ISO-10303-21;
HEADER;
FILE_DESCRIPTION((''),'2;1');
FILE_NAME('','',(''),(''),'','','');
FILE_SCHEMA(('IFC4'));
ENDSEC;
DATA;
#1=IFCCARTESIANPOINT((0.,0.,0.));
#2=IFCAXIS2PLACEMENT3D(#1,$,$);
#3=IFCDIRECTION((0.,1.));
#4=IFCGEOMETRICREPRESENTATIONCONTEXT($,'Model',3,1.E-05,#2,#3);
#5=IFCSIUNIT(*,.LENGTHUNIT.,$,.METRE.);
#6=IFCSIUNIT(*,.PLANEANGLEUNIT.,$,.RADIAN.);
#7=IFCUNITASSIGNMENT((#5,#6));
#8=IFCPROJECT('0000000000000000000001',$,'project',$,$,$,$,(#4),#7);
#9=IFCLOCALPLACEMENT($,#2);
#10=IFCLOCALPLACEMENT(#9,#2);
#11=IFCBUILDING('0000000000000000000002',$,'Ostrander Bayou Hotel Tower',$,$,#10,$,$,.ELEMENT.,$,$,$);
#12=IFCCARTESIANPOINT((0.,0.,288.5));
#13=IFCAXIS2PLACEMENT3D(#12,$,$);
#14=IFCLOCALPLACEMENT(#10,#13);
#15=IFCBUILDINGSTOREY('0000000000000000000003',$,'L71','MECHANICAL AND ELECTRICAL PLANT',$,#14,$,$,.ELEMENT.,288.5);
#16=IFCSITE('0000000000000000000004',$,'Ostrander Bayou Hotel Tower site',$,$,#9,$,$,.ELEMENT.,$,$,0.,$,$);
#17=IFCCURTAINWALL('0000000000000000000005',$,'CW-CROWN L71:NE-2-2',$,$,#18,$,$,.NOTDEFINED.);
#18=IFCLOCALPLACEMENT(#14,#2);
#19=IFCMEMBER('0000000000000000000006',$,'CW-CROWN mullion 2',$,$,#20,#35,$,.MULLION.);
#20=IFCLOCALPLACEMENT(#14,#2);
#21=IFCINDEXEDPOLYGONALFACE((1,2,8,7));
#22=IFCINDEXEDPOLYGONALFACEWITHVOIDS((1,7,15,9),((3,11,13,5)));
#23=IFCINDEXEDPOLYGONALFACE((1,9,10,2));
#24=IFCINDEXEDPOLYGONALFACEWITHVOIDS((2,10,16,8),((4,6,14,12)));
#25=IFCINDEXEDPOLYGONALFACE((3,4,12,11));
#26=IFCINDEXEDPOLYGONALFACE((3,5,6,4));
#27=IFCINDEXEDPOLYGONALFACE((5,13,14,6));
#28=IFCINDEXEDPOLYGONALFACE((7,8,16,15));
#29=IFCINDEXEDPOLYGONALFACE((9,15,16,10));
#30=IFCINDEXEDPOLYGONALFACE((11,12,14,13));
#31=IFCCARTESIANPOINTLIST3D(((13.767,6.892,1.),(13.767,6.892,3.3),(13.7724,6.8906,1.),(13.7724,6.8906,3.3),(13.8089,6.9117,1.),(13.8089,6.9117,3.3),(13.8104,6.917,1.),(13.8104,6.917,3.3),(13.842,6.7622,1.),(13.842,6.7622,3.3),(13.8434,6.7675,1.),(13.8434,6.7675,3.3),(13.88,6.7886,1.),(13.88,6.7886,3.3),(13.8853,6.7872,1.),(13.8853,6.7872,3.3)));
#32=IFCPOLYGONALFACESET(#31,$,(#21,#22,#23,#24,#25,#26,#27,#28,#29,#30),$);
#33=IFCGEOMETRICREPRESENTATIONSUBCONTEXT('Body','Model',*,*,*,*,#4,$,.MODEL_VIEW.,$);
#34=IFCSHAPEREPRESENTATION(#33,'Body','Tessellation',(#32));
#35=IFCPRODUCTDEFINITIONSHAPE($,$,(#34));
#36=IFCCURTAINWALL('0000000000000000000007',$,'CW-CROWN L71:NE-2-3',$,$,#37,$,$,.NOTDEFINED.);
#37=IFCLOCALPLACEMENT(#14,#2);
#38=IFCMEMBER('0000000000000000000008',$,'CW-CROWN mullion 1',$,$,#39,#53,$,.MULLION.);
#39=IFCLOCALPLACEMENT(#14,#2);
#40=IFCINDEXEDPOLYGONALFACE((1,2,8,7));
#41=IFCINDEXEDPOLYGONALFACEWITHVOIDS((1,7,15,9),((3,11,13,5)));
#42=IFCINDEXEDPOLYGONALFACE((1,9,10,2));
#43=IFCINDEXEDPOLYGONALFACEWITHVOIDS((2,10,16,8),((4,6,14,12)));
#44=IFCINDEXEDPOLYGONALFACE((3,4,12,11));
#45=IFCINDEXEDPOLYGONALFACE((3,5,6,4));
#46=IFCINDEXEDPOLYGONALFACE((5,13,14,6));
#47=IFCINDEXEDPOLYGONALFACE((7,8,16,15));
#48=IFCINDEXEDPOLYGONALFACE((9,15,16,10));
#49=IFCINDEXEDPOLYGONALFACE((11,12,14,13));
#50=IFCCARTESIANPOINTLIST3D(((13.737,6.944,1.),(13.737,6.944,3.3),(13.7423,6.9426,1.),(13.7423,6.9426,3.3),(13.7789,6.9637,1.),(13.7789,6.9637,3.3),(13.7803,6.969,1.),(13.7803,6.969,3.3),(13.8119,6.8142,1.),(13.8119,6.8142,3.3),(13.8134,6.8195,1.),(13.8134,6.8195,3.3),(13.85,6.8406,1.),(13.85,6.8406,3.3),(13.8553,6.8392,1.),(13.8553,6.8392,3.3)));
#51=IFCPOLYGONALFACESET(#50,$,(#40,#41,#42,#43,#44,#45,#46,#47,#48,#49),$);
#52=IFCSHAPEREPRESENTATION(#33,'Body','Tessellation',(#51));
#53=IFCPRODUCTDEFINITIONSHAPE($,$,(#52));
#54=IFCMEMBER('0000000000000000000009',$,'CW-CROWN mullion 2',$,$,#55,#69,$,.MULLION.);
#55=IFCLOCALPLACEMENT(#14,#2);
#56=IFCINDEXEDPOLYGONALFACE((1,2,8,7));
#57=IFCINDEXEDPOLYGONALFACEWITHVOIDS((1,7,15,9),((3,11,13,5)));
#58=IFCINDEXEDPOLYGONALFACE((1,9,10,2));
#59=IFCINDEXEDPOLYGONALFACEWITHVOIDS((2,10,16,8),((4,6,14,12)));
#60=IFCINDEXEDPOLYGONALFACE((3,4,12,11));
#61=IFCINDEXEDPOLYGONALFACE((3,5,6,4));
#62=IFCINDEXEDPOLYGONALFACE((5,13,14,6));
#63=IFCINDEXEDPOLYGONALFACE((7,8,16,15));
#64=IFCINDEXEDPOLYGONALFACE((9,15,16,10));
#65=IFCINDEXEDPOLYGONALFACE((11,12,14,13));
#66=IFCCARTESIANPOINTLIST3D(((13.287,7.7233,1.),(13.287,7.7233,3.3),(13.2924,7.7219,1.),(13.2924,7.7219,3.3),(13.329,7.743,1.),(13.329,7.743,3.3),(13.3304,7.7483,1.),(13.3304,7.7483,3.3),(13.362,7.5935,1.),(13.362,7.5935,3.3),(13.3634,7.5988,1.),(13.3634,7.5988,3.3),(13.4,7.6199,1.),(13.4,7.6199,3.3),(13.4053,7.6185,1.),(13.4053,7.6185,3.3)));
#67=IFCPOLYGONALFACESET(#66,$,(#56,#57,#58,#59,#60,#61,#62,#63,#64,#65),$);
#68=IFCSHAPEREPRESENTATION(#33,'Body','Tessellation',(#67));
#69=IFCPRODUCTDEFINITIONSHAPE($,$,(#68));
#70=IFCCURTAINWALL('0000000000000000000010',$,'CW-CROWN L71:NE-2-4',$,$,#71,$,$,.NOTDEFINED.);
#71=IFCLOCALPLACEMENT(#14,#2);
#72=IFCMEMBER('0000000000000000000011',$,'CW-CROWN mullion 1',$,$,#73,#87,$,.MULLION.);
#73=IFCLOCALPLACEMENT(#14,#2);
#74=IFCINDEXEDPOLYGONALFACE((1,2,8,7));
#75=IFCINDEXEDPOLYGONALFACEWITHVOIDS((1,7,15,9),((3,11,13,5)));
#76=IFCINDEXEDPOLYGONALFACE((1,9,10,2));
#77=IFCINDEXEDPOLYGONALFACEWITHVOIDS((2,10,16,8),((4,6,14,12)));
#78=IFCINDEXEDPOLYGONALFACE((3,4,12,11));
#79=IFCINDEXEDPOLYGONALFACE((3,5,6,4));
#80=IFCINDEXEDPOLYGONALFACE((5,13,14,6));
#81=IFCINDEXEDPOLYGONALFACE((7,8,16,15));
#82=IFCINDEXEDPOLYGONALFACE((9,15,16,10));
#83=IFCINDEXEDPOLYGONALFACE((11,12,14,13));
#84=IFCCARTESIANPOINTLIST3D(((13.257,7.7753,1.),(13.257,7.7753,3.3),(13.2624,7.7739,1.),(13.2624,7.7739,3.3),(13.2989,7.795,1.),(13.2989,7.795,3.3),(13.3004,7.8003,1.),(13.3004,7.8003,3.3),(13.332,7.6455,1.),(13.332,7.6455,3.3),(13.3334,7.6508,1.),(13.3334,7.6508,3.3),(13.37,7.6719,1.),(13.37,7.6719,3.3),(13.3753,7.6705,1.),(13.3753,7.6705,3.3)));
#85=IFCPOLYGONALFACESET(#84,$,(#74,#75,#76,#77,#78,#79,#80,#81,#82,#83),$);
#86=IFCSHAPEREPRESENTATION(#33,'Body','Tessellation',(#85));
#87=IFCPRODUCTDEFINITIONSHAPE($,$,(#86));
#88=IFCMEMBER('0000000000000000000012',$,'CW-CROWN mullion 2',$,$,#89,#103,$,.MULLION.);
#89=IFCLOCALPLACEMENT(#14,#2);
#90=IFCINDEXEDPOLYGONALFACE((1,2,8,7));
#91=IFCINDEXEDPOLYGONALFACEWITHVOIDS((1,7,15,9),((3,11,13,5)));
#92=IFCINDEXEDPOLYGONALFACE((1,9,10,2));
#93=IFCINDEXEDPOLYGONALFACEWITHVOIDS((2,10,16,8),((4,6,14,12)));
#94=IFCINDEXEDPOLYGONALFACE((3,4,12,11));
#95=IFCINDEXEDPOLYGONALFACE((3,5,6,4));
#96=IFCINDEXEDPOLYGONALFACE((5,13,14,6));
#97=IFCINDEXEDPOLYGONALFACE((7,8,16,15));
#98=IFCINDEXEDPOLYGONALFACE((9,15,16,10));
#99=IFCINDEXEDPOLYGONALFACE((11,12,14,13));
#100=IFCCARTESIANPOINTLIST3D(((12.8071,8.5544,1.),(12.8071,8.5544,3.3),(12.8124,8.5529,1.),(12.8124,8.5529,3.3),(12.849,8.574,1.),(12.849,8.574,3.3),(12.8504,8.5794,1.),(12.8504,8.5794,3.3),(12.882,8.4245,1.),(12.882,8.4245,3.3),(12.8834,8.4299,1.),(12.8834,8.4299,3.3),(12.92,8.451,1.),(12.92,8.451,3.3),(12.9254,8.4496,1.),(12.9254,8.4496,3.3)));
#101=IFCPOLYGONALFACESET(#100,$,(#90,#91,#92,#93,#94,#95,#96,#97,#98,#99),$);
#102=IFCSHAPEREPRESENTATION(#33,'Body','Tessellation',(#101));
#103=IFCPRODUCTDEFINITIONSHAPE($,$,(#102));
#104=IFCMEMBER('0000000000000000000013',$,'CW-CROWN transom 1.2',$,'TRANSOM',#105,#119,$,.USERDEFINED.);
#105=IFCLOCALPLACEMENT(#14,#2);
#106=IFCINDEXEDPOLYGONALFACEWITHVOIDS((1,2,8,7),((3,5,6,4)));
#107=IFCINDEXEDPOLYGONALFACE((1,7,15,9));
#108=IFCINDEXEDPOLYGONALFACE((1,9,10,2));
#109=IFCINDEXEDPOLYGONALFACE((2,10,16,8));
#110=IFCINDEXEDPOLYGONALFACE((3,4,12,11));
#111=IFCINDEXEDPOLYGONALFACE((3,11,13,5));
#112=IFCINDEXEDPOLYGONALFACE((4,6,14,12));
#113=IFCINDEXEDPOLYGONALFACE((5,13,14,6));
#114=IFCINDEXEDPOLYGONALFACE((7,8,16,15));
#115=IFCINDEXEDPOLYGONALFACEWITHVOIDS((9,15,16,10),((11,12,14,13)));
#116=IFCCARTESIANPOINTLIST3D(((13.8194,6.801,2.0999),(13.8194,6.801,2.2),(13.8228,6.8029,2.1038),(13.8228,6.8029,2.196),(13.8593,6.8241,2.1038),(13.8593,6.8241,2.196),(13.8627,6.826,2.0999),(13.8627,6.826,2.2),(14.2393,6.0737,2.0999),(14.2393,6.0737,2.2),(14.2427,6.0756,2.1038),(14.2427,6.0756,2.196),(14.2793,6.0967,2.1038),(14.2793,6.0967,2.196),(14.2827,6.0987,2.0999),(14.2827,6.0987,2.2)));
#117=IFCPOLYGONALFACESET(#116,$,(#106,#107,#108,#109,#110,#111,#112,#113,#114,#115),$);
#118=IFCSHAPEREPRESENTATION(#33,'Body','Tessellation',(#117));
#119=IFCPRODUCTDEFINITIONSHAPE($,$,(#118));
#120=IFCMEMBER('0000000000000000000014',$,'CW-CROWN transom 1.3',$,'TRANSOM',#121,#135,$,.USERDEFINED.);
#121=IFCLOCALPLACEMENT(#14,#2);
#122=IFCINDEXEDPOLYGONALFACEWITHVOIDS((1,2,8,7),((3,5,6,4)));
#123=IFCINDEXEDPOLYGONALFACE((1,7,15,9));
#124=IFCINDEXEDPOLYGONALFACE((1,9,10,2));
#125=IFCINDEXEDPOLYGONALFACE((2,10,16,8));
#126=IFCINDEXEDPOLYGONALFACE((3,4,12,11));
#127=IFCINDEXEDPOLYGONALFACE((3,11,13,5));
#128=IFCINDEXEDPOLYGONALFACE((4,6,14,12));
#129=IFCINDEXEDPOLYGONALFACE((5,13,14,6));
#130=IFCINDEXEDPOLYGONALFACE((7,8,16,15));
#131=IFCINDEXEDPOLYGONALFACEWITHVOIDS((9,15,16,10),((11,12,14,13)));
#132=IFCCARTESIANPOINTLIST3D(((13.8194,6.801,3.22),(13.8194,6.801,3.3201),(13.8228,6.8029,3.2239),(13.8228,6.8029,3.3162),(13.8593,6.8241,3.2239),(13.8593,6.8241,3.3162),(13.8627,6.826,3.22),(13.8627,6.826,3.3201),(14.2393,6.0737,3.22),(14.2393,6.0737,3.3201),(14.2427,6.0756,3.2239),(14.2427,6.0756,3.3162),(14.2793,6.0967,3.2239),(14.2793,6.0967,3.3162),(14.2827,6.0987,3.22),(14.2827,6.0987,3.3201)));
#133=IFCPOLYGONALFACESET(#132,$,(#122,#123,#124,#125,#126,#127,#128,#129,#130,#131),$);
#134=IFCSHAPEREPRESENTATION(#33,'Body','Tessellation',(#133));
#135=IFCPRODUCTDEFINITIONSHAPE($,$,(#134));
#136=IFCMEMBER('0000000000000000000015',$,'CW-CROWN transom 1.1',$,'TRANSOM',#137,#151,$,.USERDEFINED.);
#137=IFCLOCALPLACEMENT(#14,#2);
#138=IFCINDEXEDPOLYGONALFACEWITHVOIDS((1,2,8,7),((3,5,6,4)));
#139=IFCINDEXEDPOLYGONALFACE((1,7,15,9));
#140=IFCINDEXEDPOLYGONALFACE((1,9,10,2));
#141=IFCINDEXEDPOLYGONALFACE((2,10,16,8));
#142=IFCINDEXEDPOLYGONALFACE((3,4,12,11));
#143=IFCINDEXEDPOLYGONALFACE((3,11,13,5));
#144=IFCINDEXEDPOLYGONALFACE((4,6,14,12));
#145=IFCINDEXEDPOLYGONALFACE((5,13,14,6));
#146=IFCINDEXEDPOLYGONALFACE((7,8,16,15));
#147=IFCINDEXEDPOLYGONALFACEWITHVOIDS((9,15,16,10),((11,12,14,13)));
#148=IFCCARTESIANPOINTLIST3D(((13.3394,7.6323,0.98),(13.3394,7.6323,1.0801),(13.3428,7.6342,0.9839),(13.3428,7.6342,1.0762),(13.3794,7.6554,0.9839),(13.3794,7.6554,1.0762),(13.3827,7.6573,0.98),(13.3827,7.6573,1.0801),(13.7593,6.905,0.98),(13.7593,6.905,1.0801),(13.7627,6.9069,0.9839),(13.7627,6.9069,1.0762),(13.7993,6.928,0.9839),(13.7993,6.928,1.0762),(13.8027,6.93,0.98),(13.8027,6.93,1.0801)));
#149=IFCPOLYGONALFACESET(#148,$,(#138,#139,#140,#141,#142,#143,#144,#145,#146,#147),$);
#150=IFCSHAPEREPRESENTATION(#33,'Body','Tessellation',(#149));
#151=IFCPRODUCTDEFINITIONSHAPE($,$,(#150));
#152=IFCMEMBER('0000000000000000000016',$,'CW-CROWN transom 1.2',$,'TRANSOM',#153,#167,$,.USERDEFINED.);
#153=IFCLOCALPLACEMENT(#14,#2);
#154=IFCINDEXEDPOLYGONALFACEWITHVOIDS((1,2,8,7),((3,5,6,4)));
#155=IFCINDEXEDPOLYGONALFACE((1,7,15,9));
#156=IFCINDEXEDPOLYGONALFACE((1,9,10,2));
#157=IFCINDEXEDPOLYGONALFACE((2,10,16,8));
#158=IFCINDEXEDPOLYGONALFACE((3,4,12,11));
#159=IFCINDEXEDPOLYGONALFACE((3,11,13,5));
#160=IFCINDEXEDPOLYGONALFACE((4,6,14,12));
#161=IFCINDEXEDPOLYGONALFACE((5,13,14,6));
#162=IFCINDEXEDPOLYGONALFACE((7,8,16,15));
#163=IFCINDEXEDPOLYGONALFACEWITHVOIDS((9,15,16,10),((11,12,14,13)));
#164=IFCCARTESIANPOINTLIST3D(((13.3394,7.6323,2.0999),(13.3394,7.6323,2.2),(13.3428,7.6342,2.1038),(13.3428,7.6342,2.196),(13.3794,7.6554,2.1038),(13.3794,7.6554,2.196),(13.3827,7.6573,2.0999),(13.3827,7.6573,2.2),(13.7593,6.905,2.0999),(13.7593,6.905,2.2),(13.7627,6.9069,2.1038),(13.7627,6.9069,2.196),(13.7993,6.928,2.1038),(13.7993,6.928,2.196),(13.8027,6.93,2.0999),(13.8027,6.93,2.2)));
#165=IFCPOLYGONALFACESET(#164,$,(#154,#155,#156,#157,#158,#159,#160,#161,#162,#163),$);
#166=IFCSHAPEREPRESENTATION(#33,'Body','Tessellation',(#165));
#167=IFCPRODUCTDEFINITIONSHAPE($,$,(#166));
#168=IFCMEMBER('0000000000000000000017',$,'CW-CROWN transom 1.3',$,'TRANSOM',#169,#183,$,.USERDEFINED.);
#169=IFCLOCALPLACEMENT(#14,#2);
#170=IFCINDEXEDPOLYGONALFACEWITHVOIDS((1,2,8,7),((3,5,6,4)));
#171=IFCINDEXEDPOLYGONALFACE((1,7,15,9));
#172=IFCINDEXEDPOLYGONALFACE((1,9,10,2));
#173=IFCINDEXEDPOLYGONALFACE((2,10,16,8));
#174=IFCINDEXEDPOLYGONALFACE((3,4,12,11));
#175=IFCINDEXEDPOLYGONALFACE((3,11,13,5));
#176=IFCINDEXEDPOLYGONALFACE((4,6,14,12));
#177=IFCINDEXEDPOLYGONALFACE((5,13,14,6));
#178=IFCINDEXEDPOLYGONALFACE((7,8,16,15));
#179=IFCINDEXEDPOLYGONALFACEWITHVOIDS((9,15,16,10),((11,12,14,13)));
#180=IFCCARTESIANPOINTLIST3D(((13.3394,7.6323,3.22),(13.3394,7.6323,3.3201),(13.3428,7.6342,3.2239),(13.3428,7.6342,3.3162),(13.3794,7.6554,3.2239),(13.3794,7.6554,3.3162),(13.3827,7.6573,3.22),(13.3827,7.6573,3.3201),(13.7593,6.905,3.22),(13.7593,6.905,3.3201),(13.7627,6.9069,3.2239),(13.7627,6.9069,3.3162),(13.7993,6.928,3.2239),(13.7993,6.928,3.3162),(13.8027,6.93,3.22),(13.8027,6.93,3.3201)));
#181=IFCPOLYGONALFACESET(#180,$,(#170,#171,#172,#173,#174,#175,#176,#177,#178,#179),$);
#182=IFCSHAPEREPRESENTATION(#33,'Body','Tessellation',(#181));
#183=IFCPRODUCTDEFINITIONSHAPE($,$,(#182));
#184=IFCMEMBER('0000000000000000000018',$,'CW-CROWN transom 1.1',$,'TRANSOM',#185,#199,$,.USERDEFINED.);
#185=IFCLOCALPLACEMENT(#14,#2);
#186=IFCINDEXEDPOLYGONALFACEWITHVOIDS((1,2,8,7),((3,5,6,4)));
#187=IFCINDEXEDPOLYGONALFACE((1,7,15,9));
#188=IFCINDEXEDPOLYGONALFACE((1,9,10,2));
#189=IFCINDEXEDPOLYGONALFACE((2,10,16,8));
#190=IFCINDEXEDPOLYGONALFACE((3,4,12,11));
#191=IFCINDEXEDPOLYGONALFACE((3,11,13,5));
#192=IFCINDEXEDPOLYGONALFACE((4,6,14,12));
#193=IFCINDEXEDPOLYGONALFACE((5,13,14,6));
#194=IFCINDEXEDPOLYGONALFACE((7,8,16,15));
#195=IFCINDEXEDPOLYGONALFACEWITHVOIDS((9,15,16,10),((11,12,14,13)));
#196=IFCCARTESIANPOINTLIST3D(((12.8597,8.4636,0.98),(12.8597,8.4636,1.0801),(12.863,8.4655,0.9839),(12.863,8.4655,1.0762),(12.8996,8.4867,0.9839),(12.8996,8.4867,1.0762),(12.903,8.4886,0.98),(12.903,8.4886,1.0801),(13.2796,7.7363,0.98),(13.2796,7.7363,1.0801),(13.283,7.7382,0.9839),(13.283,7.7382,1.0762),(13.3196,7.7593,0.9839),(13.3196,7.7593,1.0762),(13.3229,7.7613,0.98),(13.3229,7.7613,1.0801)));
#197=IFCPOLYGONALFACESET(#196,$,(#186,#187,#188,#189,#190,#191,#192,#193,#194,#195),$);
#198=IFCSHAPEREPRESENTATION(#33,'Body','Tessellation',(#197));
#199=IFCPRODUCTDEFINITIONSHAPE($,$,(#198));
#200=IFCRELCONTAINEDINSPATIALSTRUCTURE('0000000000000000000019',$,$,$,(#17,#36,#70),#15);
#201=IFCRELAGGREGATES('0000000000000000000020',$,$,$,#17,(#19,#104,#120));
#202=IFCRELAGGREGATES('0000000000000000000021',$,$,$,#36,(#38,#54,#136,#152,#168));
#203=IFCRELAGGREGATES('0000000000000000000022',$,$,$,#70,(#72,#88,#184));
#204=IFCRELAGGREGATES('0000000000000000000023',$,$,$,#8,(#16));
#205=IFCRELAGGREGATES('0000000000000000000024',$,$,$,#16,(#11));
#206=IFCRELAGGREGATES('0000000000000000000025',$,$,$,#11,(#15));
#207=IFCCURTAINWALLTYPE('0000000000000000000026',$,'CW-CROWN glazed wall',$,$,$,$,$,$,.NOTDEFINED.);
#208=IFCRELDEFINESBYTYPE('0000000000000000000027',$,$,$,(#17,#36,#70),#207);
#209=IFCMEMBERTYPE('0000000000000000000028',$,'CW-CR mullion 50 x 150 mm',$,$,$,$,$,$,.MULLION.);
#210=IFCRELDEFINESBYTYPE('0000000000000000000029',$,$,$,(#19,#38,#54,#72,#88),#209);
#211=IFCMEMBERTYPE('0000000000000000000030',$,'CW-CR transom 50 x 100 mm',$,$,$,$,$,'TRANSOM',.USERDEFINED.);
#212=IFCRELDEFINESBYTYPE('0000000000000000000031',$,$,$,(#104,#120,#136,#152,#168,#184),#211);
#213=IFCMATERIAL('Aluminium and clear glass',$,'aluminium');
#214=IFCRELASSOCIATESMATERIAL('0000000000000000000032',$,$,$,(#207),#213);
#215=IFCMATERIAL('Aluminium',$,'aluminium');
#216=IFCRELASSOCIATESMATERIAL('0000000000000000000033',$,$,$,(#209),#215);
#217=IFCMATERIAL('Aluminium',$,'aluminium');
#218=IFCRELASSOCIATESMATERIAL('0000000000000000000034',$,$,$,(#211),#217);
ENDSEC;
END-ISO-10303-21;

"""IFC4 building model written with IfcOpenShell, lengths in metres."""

from ifc_helpers import new_model, si_unit, direction, frame, origin, origin_2d, place, context, subcontext, project, spatial, hollow_rectangle, extrude, material, material_profile, profile_set, type_object, element, aggregate, save


model = new_model("IFC4")

# Units and contexts
model_context = context("Model", 3, precision=1e-05, world=origin(), true_north=direction((0.0, 1.0)))
body_context = subcontext(model_context, "Body", "Model", "MODEL_VIEW")
ifc_project = project(units=[si_unit("LENGTHUNIT", "METRE"), si_unit("PLANEANGLEUNIT", "RADIAN")], contexts=[model_context])

# Site, building, storey
site_placement = place(None, origin())
site = spatial("IfcSite", under=ifc_project, at=site_placement, Name="Ostrander Bayou Hotel Tower site", CompositionType="ELEMENT", RefElevation=0.0)
building_placement = place(site_placement, origin())
building = spatial("IfcBuilding", under=site, at=building_placement, Name="Ostrander Bayou Hotel Tower", CompositionType="ELEMENT")
storey_placement = place(building_placement, frame((0.0, 0.0, 288.5)))
storey = spatial("IfcBuildingStorey", under=building, at=storey_placement, Name="L71", Description="MECHANICAL AND ELECTRICAL PLANT", CompositionType="ELEMENT", Elevation=288.5)

# Curtain wall, member
ifc_material_1 = material(Name="Aluminium and clear glass", Category="aluminium")
curtain_wall_type = type_object("IfcCurtainWallType", Name="CW-CROWN glazed wall", PredefinedType="NOTDEFINED", material=ifc_material_1)
curtain_wall_1_placement = place(storey_placement, origin())
curtain_wall_1 = element("IfcCurtainWall", 1, at=curtain_wall_1_placement, inside=storey, type_object=curtain_wall_type, Name="CW-CROWN L71:NE-2-2", PredefinedType="NOTDEFINED")
ifc_material_2 = material(Name="Aluminium", Category="aluminium")
ifc_material_profile_1 = material_profile(ifc_material_2, hollow_rectangle(XDim=0.05, YDim=0.1499, WallThickness=0.0039, at=origin_2d()))
ifc_profile_set_1 = profile_set([ifc_material_profile_1], Name="Aluminium")
member_type_1 = type_object("IfcMemberType", Name="CW-CR mullion 50 x 150 mm", PredefinedType="MULLION", material=ifc_profile_set_1)
member_1_placement = place(storey_placement, frame((13.8262, 6.8396, 1.0), z_axis=(0.0, 0.0, 1.0), x_axis=(-0.866022, -0.500005, 0.0)))
member_1 = element("IfcMember", 2, at=member_1_placement, type_object=member_type_1, Name="CW-CROWN mullion 2", PredefinedType="MULLION", context=body_context, shape_type="SweptSolid", body=[
    extrude(hollow_rectangle(XDim=0.05, YDim=0.1499, WallThickness=0.0039, at=origin_2d()), origin(), (0.0, 0.0, 1.0), 2.3),
])

# Curtain walls, members
curtain_wall_2_placement = place(storey_placement, origin())
curtain_wall_2 = element("IfcCurtainWall", 3, at=curtain_wall_2_placement, inside=storey, type_object=curtain_wall_type, Name="CW-CROWN L71:NE-2-3", PredefinedType="NOTDEFINED")
member_2_placement = place(storey_placement, frame((13.7961, 6.8916, 1.0), z_axis=(0.0, 0.0, 1.0), x_axis=(-0.866049, -0.49996, 0.0)))
member_2 = element("IfcMember", 4, at=member_2_placement, type_object=member_type_1, Name="CW-CROWN mullion 1", PredefinedType="MULLION", context=body_context, shape_type="SweptSolid", body=[
    extrude(hollow_rectangle(XDim=0.05, YDim=0.1499, WallThickness=0.0039, at=origin_2d()), origin(), (0.0, 0.0, 1.0), 2.3),
])
member_3_placement = place(storey_placement, frame((13.3462, 7.6709, 1.0), z_axis=(0.0, 0.0, 1.0), x_axis=(-0.866049, -0.49996, 0.0)))
member_3 = element("IfcMember", 5, at=member_3_placement, type_object=member_type_1, Name="CW-CROWN mullion 2", PredefinedType="MULLION", context=body_context, shape_type="SweptSolid", body=[
    extrude(hollow_rectangle(XDim=0.05, YDim=0.1499, WallThickness=0.0039, at=origin_2d()), origin(), (0.0, 0.0, 1.0), 2.3),
])
curtain_wall_3_placement = place(storey_placement, origin())
curtain_wall_3 = element("IfcCurtainWall", 6, at=curtain_wall_3_placement, inside=storey, type_object=curtain_wall_type, Name="CW-CROWN L71:NE-2-4", PredefinedType="NOTDEFINED")
member_4_placement = place(storey_placement, frame((13.3162, 7.7229, 1.0), z_axis=(0.0, 0.0, 1.0), x_axis=(-0.866022, -0.500005, 0.0)))
member_4 = element("IfcMember", 7, at=member_4_placement, type_object=member_type_1, Name="CW-CROWN mullion 1", PredefinedType="MULLION", context=body_context, shape_type="SweptSolid", body=[
    extrude(hollow_rectangle(XDim=0.05, YDim=0.1499, WallThickness=0.0039, at=origin_2d()), origin(), (0.0, 0.0, 1.0), 2.3),
])
member_5_placement = place(storey_placement, frame((12.8662, 8.502, 1.0), z_axis=(0.0, 0.0, 1.0), x_axis=(-0.866022, -0.500005, 0.0)))
member_5 = element("IfcMember", 8, at=member_5_placement, type_object=member_type_1, Name="CW-CROWN mullion 2", PredefinedType="MULLION", context=body_context, shape_type="SweptSolid", body=[
    extrude(hollow_rectangle(XDim=0.05, YDim=0.1499, WallThickness=0.0039, at=origin_2d()), origin(), (0.0, 0.0, 1.0), 2.3),
])

# Members
ifc_material_3 = material(Name="Aluminium", Category="aluminium")
ifc_material_profile_2 = material_profile(ifc_material_3, hollow_rectangle(XDim=0.05, YDim=0.1001, WallThickness=0.0039, at=origin_2d()))
ifc_profile_set_2 = profile_set([ifc_material_profile_2], Name="Aluminium")
member_type_2 = type_object("IfcMemberType", Name="CW-CR transom 50 x 100 mm", ElementType="TRANSOM", PredefinedType="USERDEFINED", material=ifc_profile_set_2)
member_6_placement = place(storey_placement, frame((14.261, 6.0862, 2.1499), z_axis=(-0.500016, 0.866016, 0.0), x_axis=(-0.866016, -0.500016, 0.0)))
member_6 = element("IfcMember", 9, at=member_6_placement, type_object=member_type_2, Name="CW-CROWN transom 1.2", ObjectType="TRANSOM", PredefinedType="USERDEFINED", context=body_context, shape_type="SweptSolid", body=[
    extrude(hollow_rectangle(XDim=0.05, YDim=0.1001, WallThickness=0.0039, at=origin_2d()), origin(), (0.0, 0.0, 1.0), 0.8398),
])
member_7_placement = place(storey_placement, frame((14.261, 6.0862, 3.27), z_axis=(-0.500016, 0.866016, 0.0), x_axis=(-0.866016, -0.500016, 0.0)))
member_7 = element("IfcMember", 10, at=member_7_placement, type_object=member_type_2, Name="CW-CROWN transom 1.3", ObjectType="TRANSOM", PredefinedType="USERDEFINED", context=body_context, shape_type="SweptSolid", body=[
    extrude(hollow_rectangle(XDim=0.05, YDim=0.1001, WallThickness=0.0039, at=origin_2d()), origin(), (0.0, 0.0, 1.0), 0.8398),
])
member_8_placement = place(storey_placement, frame((13.781, 6.9175, 1.03), z_axis=(-0.500016, 0.866016, 0.0), x_axis=(-0.866016, -0.500016, 0.0)))
member_8 = element("IfcMember", 11, at=member_8_placement, type_object=member_type_2, Name="CW-CROWN transom 1.1", ObjectType="TRANSOM", PredefinedType="USERDEFINED", context=body_context, shape_type="SweptSolid", body=[
    extrude(hollow_rectangle(XDim=0.05, YDim=0.1001, WallThickness=0.0039, at=origin_2d()), origin(), (0.0, 0.0, 1.0), 0.8398),
])
member_9_placement = place(storey_placement, frame((13.781, 6.9175, 2.1499), z_axis=(-0.500016, 0.866016, 0.0), x_axis=(-0.866016, -0.500016, 0.0)))
member_9 = element("IfcMember", 12, at=member_9_placement, type_object=member_type_2, Name="CW-CROWN transom 1.2", ObjectType="TRANSOM", PredefinedType="USERDEFINED", context=body_context, shape_type="SweptSolid", body=[
    extrude(hollow_rectangle(XDim=0.05, YDim=0.1001, WallThickness=0.0039, at=origin_2d()), origin(), (0.0, 0.0, 1.0), 0.8398),
])
member_10_placement = place(storey_placement, frame((13.781, 6.9175, 3.27), z_axis=(-0.500016, 0.866016, 0.0), x_axis=(-0.866016, -0.500016, 0.0)))
member_10 = element("IfcMember", 13, at=member_10_placement, type_object=member_type_2, Name="CW-CROWN transom 1.3", ObjectType="TRANSOM", PredefinedType="USERDEFINED", context=body_context, shape_type="SweptSolid", body=[
    extrude(hollow_rectangle(XDim=0.05, YDim=0.1001, WallThickness=0.0039, at=origin_2d()), origin(), (0.0, 0.0, 1.0), 0.8398),
])
member_11_placement = place(storey_placement, frame((13.3013, 7.7488, 1.03), z_axis=(-0.500016, 0.866016, 0.0), x_axis=(-0.866016, -0.500016, 0.0)))
member_11 = element("IfcMember", 14, at=member_11_placement, type_object=member_type_2, Name="CW-CROWN transom 1.1", ObjectType="TRANSOM", PredefinedType="USERDEFINED", context=body_context, shape_type="SweptSolid", body=[
    extrude(hollow_rectangle(XDim=0.05, YDim=0.1001, WallThickness=0.0039, at=origin_2d()), origin(), (0.0, 0.0, 1.0), 0.8398),
])

aggregate(curtain_wall_1, [member_1, member_6, member_7])
aggregate(curtain_wall_2, [member_2, member_3, member_8, member_9, member_10])
aggregate(curtain_wall_3, [member_4, member_5, member_11])

save(model, "model.ifc")
